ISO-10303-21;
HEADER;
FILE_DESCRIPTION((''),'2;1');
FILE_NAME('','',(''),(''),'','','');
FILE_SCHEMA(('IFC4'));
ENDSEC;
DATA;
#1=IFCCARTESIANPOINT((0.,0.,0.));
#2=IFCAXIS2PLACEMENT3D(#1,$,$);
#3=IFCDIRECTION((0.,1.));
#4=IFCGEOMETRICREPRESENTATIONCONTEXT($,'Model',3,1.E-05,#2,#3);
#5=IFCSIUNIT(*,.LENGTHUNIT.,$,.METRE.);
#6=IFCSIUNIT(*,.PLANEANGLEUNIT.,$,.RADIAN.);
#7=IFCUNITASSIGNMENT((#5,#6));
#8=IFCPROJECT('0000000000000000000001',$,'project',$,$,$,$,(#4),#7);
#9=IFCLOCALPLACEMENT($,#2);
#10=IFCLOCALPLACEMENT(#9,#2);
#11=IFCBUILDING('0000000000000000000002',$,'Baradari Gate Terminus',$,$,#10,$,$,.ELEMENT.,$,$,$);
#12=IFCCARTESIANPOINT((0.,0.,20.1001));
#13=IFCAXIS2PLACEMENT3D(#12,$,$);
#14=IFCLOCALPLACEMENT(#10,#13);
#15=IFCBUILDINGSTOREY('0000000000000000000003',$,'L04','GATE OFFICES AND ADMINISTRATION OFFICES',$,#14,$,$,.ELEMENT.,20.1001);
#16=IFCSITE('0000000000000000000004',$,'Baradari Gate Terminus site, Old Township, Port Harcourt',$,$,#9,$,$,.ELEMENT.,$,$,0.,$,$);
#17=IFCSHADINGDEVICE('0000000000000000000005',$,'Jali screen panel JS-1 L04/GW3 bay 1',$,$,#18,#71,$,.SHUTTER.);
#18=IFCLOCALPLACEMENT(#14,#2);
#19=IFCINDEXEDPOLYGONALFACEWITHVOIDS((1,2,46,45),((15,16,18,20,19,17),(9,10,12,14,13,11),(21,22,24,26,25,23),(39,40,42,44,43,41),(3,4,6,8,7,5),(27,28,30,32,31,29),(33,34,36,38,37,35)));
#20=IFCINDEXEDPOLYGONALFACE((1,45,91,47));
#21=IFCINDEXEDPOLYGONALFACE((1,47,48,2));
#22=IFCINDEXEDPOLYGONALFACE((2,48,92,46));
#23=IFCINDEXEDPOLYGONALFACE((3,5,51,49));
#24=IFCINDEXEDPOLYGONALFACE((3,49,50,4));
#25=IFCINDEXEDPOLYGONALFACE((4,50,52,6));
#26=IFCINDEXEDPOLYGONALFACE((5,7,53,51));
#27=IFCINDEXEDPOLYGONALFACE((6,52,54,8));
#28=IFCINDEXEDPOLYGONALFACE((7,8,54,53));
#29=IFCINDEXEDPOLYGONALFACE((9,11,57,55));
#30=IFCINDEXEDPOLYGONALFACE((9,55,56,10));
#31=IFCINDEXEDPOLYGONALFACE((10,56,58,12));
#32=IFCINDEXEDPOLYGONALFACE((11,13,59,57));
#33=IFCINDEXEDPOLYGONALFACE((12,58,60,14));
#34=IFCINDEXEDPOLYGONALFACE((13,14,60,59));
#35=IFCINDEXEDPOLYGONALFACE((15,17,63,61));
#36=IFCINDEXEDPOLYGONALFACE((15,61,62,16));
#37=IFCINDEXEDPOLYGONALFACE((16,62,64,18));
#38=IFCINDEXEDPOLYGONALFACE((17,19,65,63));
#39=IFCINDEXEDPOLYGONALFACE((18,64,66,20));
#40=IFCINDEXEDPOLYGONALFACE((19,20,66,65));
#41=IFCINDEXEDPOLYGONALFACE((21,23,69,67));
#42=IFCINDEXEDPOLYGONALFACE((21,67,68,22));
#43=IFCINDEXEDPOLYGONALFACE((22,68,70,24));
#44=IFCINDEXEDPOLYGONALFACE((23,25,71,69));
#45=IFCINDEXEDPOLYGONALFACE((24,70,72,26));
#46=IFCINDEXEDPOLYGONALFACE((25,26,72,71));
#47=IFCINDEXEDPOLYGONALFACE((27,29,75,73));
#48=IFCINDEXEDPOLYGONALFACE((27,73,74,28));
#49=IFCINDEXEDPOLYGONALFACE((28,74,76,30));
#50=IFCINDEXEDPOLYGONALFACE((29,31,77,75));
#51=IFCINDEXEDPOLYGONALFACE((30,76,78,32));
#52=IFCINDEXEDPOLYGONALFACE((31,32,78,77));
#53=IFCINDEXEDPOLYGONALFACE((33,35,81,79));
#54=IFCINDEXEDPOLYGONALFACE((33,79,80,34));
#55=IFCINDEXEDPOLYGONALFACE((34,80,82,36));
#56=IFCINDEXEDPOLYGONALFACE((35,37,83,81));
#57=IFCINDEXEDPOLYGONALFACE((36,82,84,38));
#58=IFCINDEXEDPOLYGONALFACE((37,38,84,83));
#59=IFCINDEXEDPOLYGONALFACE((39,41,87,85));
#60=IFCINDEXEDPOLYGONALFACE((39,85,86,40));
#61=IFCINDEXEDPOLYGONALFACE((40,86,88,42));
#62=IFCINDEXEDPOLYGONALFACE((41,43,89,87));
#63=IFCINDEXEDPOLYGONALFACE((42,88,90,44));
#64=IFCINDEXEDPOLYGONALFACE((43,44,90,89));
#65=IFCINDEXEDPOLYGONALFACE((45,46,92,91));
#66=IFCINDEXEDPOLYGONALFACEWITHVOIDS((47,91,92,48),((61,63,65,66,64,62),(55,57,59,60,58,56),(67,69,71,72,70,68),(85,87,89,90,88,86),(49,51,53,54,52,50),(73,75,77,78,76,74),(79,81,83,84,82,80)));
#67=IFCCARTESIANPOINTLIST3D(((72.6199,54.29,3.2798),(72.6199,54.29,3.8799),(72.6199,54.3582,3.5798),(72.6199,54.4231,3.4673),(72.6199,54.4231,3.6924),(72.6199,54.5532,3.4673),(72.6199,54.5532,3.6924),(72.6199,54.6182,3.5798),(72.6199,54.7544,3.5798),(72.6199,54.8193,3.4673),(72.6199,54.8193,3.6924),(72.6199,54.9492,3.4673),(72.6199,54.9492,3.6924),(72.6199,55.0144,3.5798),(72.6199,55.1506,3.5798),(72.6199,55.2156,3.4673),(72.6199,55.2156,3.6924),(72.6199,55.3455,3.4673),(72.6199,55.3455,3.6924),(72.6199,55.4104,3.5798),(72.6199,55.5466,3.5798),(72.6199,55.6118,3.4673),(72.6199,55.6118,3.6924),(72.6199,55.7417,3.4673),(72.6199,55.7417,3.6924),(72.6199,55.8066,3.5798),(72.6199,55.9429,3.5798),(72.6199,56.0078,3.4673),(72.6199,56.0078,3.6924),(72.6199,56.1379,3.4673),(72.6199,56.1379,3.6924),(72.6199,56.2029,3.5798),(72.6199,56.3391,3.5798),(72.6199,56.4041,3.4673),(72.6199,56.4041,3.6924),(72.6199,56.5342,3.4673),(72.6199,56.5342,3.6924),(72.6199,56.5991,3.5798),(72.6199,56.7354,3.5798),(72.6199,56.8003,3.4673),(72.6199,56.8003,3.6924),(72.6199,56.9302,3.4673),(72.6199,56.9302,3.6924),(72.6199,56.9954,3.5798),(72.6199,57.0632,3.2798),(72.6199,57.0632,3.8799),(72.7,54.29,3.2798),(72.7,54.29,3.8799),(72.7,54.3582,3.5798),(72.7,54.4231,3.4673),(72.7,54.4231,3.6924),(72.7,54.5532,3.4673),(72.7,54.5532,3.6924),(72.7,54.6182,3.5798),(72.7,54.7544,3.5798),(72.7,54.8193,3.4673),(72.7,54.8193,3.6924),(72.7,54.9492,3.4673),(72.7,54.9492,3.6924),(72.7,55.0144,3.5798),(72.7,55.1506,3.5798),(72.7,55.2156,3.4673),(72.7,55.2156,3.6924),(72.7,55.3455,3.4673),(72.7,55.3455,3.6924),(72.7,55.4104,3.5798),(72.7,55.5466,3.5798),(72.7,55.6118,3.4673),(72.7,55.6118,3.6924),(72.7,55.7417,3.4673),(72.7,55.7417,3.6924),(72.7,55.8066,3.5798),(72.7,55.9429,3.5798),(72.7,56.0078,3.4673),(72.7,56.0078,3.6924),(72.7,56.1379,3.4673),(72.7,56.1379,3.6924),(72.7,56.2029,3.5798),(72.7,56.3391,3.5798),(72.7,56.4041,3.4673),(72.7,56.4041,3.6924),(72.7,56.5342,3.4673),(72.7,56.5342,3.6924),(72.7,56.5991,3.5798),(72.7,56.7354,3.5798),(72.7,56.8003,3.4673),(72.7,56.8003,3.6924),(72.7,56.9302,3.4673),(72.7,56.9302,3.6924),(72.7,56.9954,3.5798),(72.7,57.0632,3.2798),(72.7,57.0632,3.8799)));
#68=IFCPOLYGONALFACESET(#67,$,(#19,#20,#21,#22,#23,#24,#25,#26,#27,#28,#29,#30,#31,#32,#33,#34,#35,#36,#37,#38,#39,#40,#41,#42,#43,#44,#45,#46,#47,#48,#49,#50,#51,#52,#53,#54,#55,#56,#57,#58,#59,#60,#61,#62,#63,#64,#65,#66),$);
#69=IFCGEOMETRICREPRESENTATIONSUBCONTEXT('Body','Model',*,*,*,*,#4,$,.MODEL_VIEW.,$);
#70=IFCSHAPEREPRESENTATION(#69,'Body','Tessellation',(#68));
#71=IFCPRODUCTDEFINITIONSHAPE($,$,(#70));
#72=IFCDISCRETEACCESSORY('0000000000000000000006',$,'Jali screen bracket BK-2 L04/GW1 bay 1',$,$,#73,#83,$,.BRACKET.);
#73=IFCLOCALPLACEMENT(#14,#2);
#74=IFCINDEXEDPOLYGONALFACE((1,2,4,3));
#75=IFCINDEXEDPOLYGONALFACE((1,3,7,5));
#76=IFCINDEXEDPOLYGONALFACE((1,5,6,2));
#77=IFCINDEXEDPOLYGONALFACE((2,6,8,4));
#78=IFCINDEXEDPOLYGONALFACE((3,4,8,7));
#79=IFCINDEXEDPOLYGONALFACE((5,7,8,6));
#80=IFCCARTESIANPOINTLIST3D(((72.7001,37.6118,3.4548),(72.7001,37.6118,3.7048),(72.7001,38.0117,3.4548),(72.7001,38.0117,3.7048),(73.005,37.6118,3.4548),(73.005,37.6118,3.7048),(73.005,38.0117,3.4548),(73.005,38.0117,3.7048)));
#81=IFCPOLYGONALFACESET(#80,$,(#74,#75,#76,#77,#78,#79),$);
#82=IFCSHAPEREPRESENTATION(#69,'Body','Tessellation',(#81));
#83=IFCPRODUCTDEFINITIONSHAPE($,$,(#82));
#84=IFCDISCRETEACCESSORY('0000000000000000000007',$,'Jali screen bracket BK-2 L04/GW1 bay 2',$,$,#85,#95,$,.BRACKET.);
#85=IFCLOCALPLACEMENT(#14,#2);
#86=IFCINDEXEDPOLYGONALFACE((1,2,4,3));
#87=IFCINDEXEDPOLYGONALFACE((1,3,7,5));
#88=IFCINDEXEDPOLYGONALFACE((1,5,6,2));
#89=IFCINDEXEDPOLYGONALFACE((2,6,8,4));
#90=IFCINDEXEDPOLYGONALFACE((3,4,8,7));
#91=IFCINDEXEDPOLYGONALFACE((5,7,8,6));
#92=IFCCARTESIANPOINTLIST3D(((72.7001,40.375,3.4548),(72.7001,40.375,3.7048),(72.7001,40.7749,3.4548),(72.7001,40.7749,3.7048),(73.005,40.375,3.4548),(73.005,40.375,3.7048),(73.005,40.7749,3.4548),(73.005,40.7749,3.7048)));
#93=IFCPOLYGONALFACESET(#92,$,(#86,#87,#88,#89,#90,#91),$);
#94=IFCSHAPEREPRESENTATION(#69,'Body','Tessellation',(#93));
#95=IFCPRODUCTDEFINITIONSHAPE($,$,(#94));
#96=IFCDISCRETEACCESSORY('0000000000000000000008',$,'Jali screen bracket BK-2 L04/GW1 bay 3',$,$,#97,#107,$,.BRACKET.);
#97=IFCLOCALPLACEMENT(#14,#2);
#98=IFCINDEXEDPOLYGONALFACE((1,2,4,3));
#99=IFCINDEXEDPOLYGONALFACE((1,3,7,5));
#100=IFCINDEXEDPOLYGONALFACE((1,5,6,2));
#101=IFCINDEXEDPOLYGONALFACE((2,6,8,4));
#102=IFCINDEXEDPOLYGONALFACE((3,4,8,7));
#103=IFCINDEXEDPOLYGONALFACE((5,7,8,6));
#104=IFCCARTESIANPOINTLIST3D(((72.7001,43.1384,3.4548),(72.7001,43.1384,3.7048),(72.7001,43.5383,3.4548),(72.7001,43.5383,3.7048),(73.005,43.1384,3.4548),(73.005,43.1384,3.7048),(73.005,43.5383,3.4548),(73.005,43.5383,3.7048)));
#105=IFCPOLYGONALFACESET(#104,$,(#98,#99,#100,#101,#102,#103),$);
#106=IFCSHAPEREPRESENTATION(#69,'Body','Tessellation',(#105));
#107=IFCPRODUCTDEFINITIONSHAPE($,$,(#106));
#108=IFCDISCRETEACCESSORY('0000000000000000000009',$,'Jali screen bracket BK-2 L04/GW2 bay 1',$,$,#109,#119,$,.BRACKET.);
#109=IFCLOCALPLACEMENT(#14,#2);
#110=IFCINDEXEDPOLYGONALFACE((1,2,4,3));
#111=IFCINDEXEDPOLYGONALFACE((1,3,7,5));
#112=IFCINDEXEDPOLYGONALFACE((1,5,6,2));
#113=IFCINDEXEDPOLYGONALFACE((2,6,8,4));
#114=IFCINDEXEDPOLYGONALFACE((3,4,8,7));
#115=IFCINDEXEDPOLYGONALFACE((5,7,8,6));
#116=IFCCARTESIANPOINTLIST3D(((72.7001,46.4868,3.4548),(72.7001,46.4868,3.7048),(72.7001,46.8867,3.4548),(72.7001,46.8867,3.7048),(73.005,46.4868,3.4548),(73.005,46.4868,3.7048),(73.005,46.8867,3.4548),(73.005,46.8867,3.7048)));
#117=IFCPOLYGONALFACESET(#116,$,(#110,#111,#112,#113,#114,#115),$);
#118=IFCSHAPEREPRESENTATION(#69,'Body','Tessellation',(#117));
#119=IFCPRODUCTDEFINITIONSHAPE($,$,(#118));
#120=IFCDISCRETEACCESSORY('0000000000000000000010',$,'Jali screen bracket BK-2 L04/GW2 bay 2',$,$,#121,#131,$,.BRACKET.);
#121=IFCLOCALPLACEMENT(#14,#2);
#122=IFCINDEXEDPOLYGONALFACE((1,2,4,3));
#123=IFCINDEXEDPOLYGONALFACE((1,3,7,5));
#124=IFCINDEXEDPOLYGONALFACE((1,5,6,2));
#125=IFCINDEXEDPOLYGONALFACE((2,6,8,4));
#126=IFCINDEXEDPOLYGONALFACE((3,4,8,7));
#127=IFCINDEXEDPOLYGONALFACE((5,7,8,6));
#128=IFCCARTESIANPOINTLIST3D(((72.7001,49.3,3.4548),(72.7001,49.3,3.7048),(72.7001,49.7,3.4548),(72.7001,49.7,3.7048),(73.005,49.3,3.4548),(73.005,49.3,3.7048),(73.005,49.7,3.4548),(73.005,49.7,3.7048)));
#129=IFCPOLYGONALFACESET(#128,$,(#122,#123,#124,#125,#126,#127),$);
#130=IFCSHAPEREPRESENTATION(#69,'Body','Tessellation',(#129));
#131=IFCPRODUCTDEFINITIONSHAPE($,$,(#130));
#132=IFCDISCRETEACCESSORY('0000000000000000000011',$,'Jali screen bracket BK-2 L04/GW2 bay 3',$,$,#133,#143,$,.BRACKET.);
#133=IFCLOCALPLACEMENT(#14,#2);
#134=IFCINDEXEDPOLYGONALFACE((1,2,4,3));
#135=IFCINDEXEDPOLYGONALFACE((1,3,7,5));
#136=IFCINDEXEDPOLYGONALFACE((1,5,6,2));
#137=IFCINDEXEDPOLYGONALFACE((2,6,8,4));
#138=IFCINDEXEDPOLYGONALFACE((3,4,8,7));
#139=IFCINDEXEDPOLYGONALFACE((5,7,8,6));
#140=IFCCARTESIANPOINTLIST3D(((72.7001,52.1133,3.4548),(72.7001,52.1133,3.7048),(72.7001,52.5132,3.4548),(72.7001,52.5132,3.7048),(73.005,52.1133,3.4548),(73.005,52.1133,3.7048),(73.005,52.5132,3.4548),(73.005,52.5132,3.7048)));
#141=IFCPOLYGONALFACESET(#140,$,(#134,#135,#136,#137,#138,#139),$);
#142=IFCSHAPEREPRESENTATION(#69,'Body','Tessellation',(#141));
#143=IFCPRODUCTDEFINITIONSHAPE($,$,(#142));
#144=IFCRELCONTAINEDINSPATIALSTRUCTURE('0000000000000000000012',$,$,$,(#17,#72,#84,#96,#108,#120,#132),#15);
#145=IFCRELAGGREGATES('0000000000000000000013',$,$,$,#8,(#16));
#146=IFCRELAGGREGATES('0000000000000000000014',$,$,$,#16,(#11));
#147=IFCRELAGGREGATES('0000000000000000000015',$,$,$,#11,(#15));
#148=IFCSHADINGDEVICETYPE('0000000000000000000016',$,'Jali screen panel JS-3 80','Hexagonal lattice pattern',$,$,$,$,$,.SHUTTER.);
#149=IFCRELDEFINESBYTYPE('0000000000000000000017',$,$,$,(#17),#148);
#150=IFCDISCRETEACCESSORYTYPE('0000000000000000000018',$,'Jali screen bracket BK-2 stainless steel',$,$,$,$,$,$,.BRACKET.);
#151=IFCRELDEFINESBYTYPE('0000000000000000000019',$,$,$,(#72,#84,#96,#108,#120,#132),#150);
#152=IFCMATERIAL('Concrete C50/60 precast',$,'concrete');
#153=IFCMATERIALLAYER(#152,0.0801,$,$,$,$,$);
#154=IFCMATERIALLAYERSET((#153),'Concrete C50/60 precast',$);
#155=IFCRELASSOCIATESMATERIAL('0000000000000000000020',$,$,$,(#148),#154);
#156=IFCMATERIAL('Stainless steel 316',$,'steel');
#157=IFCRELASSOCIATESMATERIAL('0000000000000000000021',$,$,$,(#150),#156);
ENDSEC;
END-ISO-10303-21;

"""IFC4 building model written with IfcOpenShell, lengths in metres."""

from ifc_helpers import new_model, si_unit, direction, frame, origin, origin_2d, place, context, subcontext, project, spatial, polyline, rectangle, outline, extrude, material, layer, layer_set, type_object, element, save


model = new_model("IFC4")

# Units and contexts
model_context = context("Model", 3, precision=1e-05, world=origin(), true_north=direction((0.0, 1.0)))
body_context = subcontext(model_context, "Body", "Model", "MODEL_VIEW")
ifc_project = project(units=[si_unit("LENGTHUNIT", "METRE"), si_unit("PLANEANGLEUNIT", "RADIAN")], contexts=[model_context])

# Site, building, storey
site_placement = place(None, origin())
site = spatial("IfcSite", under=ifc_project, at=site_placement, Name="Baradari Gate Terminus site, Old Township, Port Harcourt", CompositionType="ELEMENT", RefElevation=0.0)
building_placement = place(site_placement, origin())
building = spatial("IfcBuilding", under=site, at=building_placement, Name="Baradari Gate Terminus", CompositionType="ELEMENT")
storey_placement = place(building_placement, frame((0.0, 0.0, 20.1001)))
storey = spatial("IfcBuildingStorey", under=building, at=storey_placement, Name="L04", Description="GATE OFFICES AND ADMINISTRATION OFFICES", CompositionType="ELEMENT", Elevation=20.1001)

# Shading device
ifc_material_1 = material(Name="Concrete C50/60 precast", Category="concrete")
ifc_layer = layer(ifc_material_1, 0.0801)
ifc_layer_set = layer_set([ifc_layer], Name="Concrete C50/60 precast")
shading_device_type = type_object("IfcShadingDeviceType", Name="Jali screen panel JS-3 80", Description="Hexagonal lattice pattern", PredefinedType="SHUTTER", material=ifc_layer_set)
shading_device_1_placement = place(storey_placement, frame((72.6599, 54.29, 3.2798), z_axis=(0.0, 0.0, 1.0), x_axis=(0.0, 1.0, 0.0)))
element("IfcShadingDevice", 1, at=shading_device_1_placement, inside=storey, type_object=shading_device_type, Name="Jali screen panel JS-1 L04/GW3 bay 1", PredefinedType="SHUTTER", context=body_context, shape_type="SweptSolid", body=[
    extrude(outline(polyline([(0.0, 0.0), (2.7732, 0.0), (2.7732, 0.6001), (0.0, 0.6001), (0.0, 0.0)]), holes=[polyline([(0.3281, 0.3), (0.2632, 0.1875), (0.1331, 0.1875), (0.0681, 0.3), (0.1331, 0.4126), (0.2632, 0.4126), (0.3281, 0.3)]), polyline([(0.7244, 0.3), (0.6592, 0.1875), (0.5293, 0.1875), (0.4644, 0.3), (0.5293, 0.4126), (0.6592, 0.4126), (0.7244, 0.3)]), polyline([(1.1204, 0.3), (1.0554, 0.1875), (0.9255, 0.1875), (0.8606, 0.3), (0.9255, 0.4126), (1.0554, 0.4126), (1.1204, 0.3)]), polyline([(1.5166, 0.3), (1.4517, 0.1875), (1.3218, 0.1875), (1.2566, 0.3), (1.3218, 0.4126), (1.4517, 0.4126), (1.5166, 0.3)]), polyline([(1.9128, 0.3), (1.8479, 0.1875), (1.7178, 0.1875), (1.6528, 0.3), (1.7178, 0.4126), (1.8479, 0.4126), (1.9128, 0.3)]), polyline([(2.3091, 0.3), (2.2441, 0.1875), (2.114, 0.1875), (2.0491, 0.3), (2.114, 0.4126), (2.2441, 0.4126), (2.3091, 0.3)]), polyline([(2.7053, 0.3), (2.6401, 0.1875), (2.5103, 0.1875), (2.4453, 0.3), (2.5103, 0.4126), (2.6401, 0.4126), (2.7053, 0.3)])]), frame((0.0, 0.04, 0.0), z_axis=(0.0, -1.0, 0.0), x_axis=(1.0, 0.0, 0.0)), (0.0, 0.0, 1.0), 0.0801),
])

# Discrete accessories
ifc_material_2 = material(Name="Stainless steel 316", Category="steel")
discrete_accessory_type = type_object("IfcDiscreteAccessoryType", Name="Jali screen bracket BK-2 stainless steel", PredefinedType="BRACKET", material=ifc_material_2)
for number, where, z_axis, x_axis, name in (
    (2, (72.8525, 37.8118, 3.4548), (0.0, 0.0, 1.0), (-1.0, 0.0, 0.0), "Jali screen bracket BK-2 L04/GW1 bay 1"),
    (3, (72.8525, 40.575, 3.4548), (0.0, 0.0, 1.0), (-1.0, 0.0, 0.0), "Jali screen bracket BK-2 L04/GW1 bay 2"),
    (4, (72.8525, 43.3384, 3.4548), (0.0, 0.0, 1.0), (-1.0, 0.0, 0.0), "Jali screen bracket BK-2 L04/GW1 bay 3"),
    (5, (72.8525, 46.6868, 3.4548), (0.0, 0.0, 1.0), (-1.0, 0.0, 0.0), "Jali screen bracket BK-2 L04/GW2 bay 1"),
    (6, (72.8525, 49.5, 3.4548), (0.0, 0.0, 1.0), (-1.0, 0.0, 0.0), "Jali screen bracket BK-2 L04/GW2 bay 2"),
    (7, (72.8525, 52.3132, 3.4548), (0.0, 0.0, 1.0), (-1.0, 0.0, 0.0), "Jali screen bracket BK-2 L04/GW2 bay 3"),
):
    element("IfcDiscreteAccessory", number, at=place(storey_placement, frame(where, z_axis=z_axis, x_axis=x_axis)), inside=storey, type_object=discrete_accessory_type, Name=name, PredefinedType="BRACKET", context=body_context, shape_type="SweptSolid", body=[
        extrude(rectangle(XDim=0.3049, YDim=0.3999, at=origin_2d()), origin(), (0.0, 0.0, 1.0), 0.25),
    ])

save(model, "model.ifc")
